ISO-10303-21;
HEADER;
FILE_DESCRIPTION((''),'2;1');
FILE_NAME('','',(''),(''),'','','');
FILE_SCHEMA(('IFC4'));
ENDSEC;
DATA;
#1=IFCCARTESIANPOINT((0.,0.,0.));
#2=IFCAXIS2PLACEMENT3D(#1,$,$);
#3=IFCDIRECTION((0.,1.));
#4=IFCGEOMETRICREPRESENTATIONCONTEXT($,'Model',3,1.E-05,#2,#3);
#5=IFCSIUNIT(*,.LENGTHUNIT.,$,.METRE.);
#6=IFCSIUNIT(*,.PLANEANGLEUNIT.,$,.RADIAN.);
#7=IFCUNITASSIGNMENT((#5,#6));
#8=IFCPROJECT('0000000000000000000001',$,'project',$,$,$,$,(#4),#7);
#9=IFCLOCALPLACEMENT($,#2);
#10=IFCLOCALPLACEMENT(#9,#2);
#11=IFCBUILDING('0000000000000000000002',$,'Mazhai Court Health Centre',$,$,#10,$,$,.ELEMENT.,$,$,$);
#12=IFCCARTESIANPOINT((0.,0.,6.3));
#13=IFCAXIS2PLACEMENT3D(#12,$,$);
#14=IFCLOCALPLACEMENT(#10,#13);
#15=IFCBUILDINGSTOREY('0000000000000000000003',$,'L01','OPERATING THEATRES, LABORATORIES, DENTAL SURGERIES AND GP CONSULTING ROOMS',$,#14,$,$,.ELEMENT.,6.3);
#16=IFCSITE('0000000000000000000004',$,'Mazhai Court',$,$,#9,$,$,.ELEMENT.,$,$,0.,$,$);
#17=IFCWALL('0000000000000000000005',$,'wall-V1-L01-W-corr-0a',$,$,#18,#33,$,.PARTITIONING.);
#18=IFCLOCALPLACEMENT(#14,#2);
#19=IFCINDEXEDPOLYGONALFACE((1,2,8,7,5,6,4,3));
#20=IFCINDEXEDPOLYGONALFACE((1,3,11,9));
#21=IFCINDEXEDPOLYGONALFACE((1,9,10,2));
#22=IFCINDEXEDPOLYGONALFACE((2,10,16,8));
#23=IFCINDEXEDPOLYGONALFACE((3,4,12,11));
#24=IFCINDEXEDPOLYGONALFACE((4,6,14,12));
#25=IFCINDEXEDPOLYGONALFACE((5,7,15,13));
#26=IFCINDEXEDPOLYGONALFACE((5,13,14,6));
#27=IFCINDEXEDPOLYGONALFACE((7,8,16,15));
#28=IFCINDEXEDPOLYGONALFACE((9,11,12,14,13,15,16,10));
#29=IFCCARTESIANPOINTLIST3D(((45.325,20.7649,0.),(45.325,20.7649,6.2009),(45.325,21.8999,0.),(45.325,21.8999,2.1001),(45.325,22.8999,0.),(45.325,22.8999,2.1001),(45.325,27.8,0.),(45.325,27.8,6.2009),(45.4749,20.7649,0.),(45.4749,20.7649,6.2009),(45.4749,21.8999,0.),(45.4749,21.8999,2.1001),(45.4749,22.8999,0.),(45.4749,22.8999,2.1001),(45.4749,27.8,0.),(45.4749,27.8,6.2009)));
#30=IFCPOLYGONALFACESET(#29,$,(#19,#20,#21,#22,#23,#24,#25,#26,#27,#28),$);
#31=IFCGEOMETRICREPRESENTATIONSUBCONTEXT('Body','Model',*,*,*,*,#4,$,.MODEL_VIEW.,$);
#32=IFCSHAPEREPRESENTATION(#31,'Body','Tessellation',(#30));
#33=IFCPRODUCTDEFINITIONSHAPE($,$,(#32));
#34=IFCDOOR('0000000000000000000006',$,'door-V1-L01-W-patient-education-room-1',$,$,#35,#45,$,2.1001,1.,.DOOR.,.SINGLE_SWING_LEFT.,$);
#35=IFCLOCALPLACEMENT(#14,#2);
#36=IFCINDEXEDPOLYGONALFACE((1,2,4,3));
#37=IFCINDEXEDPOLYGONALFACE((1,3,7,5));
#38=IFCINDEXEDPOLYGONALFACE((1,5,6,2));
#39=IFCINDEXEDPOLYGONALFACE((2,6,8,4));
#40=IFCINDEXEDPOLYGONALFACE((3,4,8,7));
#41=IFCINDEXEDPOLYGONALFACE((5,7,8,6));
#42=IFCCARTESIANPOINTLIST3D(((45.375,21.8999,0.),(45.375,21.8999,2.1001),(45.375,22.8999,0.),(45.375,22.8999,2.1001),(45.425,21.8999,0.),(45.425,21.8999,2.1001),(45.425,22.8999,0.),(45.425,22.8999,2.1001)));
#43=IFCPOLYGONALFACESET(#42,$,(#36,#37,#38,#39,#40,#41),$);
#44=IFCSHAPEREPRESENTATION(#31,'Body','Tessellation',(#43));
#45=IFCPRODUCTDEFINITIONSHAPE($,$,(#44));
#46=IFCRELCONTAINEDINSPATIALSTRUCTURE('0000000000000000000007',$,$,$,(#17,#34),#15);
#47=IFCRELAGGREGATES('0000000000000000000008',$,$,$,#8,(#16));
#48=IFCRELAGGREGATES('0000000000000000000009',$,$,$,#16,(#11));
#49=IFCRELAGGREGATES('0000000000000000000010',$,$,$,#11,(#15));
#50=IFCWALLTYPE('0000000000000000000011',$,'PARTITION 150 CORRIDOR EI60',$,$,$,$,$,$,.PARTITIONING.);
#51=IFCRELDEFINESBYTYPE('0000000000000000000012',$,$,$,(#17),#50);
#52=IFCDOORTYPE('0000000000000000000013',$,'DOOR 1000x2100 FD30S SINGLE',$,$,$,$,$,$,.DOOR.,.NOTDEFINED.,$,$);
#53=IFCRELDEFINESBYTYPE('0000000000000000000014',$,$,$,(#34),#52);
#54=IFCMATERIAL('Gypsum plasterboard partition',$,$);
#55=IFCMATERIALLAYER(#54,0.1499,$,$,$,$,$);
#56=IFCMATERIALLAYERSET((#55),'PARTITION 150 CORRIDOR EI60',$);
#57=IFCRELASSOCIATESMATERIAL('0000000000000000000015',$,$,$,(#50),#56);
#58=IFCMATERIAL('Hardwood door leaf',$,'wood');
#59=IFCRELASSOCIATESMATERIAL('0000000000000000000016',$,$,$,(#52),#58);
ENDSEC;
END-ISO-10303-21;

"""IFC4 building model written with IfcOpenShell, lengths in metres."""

from ifc_helpers import new_model, si_unit, direction, frame, frame_2d, origin, place, context, subcontext, project, spatial, rectangle, extrude, material, layer, layer_set, type_object, element, fill, save


model = new_model("IFC4")

# Units and contexts
model_context = context("Model", 3, precision=1e-05, world=origin(), true_north=direction((0.0, 1.0)))
body_context = subcontext(model_context, "Body", "Model", "MODEL_VIEW")
ifc_project = project(units=[si_unit("LENGTHUNIT", "METRE"), si_unit("PLANEANGLEUNIT", "RADIAN")], contexts=[model_context])

# Site, building, storey
site_placement = place(None, origin())
site = spatial("IfcSite", under=ifc_project, at=site_placement, Name="Mazhai Court", CompositionType="ELEMENT", RefElevation=0.0)
building_placement = place(site_placement, origin())
building = spatial("IfcBuilding", under=site, at=building_placement, Name="Mazhai Court Health Centre", CompositionType="ELEMENT")
storey_placement = place(building_placement, frame((0.0, 0.0, 6.3)))
storey = spatial("IfcBuildingStorey", under=building, at=storey_placement, Name="L01", Description="OPERATING THEATRES, LABORATORIES, DENTAL SURGERIES AND GP CONSULTING ROOMS", CompositionType="ELEMENT", Elevation=6.3)

# Wall, opening, door
ifc_material_1 = material(Name="Gypsum plasterboard partition")
ifc_layer_1 = layer(ifc_material_1, 0.1499)
ifc_layer_set_1 = layer_set([ifc_layer_1], Name="PARTITION 150 CORRIDOR EI60")
wall_type_1 = type_object("IfcWallType", Name="PARTITION 150 CORRIDOR EI60", PredefinedType="PARTITIONING", material=ifc_layer_set_1)
wall_1_placement = place(storey_placement, frame((45.3999, 20.7649, 0.0), z_axis=(0.0, 0.0, 1.0), x_axis=(0.0, 1.0, 0.0)))
wall_1 = element("IfcWall", 1, at=wall_1_placement, inside=storey, type_object=wall_type_1, Name="wall-V1-L01-W-corr-0a", PredefinedType="PARTITIONING", context=body_context, shape_type="SweptSolid", body=[
    extrude(rectangle(XDim=7.0352, YDim=0.1499, at=frame_2d((3.5176, 0.0))), origin(), (0.0, 0.0, 1.0), 6.2009),
])
opening_1_placement = place(wall_1_placement, frame((1.135, 0.0, 0.0)))
opening_1 = element("IfcOpeningElement", 2, at=opening_1_placement, cuts=wall_1, PredefinedType="OPENING", context=body_context, shape_type="SweptSolid", body=[
    extrude(rectangle(XDim=1.0, YDim=2.1001, at=frame_2d((0.5, 1.05))), frame((0.0, 0.085, 0.0), z_axis=(0.0, -1.0, 0.0), x_axis=(1.0, 0.0, 0.0)), (0.0, 0.0, 1.0), 0.1699),
])
ifc_material_2 = material(Name="Hardwood door leaf", Category="wood")
door_type_1 = type_object("IfcDoorType", Name="DOOR 1000x2100 FD30S SINGLE", OperationType="NOTDEFINED", PredefinedType="DOOR", material=ifc_material_2)
door_1_placement = place(opening_1_placement, origin())
door_1 = element("IfcDoor", 3, at=door_1_placement, inside=storey, type_object=door_type_1, Name="door-V1-L01-W-patient-education-room-1", OperationType="SINGLE_SWING_LEFT", OverallHeight=2.1001, OverallWidth=1.0, PredefinedType="DOOR", context=body_context, shape_type="SweptSolid", body=[
    extrude(rectangle(XDim=1.0, YDim=2.1001, at=frame_2d((0.5, 1.05))), frame((0.0, 0.0249, 0.0), z_axis=(0.0, -1.0, 0.0), x_axis=(1.0, 0.0, 0.0)), (0.0, 0.0, 1.0), 0.05),
])
fill(opening_1, door_1)

save(model, "model.ifc")
